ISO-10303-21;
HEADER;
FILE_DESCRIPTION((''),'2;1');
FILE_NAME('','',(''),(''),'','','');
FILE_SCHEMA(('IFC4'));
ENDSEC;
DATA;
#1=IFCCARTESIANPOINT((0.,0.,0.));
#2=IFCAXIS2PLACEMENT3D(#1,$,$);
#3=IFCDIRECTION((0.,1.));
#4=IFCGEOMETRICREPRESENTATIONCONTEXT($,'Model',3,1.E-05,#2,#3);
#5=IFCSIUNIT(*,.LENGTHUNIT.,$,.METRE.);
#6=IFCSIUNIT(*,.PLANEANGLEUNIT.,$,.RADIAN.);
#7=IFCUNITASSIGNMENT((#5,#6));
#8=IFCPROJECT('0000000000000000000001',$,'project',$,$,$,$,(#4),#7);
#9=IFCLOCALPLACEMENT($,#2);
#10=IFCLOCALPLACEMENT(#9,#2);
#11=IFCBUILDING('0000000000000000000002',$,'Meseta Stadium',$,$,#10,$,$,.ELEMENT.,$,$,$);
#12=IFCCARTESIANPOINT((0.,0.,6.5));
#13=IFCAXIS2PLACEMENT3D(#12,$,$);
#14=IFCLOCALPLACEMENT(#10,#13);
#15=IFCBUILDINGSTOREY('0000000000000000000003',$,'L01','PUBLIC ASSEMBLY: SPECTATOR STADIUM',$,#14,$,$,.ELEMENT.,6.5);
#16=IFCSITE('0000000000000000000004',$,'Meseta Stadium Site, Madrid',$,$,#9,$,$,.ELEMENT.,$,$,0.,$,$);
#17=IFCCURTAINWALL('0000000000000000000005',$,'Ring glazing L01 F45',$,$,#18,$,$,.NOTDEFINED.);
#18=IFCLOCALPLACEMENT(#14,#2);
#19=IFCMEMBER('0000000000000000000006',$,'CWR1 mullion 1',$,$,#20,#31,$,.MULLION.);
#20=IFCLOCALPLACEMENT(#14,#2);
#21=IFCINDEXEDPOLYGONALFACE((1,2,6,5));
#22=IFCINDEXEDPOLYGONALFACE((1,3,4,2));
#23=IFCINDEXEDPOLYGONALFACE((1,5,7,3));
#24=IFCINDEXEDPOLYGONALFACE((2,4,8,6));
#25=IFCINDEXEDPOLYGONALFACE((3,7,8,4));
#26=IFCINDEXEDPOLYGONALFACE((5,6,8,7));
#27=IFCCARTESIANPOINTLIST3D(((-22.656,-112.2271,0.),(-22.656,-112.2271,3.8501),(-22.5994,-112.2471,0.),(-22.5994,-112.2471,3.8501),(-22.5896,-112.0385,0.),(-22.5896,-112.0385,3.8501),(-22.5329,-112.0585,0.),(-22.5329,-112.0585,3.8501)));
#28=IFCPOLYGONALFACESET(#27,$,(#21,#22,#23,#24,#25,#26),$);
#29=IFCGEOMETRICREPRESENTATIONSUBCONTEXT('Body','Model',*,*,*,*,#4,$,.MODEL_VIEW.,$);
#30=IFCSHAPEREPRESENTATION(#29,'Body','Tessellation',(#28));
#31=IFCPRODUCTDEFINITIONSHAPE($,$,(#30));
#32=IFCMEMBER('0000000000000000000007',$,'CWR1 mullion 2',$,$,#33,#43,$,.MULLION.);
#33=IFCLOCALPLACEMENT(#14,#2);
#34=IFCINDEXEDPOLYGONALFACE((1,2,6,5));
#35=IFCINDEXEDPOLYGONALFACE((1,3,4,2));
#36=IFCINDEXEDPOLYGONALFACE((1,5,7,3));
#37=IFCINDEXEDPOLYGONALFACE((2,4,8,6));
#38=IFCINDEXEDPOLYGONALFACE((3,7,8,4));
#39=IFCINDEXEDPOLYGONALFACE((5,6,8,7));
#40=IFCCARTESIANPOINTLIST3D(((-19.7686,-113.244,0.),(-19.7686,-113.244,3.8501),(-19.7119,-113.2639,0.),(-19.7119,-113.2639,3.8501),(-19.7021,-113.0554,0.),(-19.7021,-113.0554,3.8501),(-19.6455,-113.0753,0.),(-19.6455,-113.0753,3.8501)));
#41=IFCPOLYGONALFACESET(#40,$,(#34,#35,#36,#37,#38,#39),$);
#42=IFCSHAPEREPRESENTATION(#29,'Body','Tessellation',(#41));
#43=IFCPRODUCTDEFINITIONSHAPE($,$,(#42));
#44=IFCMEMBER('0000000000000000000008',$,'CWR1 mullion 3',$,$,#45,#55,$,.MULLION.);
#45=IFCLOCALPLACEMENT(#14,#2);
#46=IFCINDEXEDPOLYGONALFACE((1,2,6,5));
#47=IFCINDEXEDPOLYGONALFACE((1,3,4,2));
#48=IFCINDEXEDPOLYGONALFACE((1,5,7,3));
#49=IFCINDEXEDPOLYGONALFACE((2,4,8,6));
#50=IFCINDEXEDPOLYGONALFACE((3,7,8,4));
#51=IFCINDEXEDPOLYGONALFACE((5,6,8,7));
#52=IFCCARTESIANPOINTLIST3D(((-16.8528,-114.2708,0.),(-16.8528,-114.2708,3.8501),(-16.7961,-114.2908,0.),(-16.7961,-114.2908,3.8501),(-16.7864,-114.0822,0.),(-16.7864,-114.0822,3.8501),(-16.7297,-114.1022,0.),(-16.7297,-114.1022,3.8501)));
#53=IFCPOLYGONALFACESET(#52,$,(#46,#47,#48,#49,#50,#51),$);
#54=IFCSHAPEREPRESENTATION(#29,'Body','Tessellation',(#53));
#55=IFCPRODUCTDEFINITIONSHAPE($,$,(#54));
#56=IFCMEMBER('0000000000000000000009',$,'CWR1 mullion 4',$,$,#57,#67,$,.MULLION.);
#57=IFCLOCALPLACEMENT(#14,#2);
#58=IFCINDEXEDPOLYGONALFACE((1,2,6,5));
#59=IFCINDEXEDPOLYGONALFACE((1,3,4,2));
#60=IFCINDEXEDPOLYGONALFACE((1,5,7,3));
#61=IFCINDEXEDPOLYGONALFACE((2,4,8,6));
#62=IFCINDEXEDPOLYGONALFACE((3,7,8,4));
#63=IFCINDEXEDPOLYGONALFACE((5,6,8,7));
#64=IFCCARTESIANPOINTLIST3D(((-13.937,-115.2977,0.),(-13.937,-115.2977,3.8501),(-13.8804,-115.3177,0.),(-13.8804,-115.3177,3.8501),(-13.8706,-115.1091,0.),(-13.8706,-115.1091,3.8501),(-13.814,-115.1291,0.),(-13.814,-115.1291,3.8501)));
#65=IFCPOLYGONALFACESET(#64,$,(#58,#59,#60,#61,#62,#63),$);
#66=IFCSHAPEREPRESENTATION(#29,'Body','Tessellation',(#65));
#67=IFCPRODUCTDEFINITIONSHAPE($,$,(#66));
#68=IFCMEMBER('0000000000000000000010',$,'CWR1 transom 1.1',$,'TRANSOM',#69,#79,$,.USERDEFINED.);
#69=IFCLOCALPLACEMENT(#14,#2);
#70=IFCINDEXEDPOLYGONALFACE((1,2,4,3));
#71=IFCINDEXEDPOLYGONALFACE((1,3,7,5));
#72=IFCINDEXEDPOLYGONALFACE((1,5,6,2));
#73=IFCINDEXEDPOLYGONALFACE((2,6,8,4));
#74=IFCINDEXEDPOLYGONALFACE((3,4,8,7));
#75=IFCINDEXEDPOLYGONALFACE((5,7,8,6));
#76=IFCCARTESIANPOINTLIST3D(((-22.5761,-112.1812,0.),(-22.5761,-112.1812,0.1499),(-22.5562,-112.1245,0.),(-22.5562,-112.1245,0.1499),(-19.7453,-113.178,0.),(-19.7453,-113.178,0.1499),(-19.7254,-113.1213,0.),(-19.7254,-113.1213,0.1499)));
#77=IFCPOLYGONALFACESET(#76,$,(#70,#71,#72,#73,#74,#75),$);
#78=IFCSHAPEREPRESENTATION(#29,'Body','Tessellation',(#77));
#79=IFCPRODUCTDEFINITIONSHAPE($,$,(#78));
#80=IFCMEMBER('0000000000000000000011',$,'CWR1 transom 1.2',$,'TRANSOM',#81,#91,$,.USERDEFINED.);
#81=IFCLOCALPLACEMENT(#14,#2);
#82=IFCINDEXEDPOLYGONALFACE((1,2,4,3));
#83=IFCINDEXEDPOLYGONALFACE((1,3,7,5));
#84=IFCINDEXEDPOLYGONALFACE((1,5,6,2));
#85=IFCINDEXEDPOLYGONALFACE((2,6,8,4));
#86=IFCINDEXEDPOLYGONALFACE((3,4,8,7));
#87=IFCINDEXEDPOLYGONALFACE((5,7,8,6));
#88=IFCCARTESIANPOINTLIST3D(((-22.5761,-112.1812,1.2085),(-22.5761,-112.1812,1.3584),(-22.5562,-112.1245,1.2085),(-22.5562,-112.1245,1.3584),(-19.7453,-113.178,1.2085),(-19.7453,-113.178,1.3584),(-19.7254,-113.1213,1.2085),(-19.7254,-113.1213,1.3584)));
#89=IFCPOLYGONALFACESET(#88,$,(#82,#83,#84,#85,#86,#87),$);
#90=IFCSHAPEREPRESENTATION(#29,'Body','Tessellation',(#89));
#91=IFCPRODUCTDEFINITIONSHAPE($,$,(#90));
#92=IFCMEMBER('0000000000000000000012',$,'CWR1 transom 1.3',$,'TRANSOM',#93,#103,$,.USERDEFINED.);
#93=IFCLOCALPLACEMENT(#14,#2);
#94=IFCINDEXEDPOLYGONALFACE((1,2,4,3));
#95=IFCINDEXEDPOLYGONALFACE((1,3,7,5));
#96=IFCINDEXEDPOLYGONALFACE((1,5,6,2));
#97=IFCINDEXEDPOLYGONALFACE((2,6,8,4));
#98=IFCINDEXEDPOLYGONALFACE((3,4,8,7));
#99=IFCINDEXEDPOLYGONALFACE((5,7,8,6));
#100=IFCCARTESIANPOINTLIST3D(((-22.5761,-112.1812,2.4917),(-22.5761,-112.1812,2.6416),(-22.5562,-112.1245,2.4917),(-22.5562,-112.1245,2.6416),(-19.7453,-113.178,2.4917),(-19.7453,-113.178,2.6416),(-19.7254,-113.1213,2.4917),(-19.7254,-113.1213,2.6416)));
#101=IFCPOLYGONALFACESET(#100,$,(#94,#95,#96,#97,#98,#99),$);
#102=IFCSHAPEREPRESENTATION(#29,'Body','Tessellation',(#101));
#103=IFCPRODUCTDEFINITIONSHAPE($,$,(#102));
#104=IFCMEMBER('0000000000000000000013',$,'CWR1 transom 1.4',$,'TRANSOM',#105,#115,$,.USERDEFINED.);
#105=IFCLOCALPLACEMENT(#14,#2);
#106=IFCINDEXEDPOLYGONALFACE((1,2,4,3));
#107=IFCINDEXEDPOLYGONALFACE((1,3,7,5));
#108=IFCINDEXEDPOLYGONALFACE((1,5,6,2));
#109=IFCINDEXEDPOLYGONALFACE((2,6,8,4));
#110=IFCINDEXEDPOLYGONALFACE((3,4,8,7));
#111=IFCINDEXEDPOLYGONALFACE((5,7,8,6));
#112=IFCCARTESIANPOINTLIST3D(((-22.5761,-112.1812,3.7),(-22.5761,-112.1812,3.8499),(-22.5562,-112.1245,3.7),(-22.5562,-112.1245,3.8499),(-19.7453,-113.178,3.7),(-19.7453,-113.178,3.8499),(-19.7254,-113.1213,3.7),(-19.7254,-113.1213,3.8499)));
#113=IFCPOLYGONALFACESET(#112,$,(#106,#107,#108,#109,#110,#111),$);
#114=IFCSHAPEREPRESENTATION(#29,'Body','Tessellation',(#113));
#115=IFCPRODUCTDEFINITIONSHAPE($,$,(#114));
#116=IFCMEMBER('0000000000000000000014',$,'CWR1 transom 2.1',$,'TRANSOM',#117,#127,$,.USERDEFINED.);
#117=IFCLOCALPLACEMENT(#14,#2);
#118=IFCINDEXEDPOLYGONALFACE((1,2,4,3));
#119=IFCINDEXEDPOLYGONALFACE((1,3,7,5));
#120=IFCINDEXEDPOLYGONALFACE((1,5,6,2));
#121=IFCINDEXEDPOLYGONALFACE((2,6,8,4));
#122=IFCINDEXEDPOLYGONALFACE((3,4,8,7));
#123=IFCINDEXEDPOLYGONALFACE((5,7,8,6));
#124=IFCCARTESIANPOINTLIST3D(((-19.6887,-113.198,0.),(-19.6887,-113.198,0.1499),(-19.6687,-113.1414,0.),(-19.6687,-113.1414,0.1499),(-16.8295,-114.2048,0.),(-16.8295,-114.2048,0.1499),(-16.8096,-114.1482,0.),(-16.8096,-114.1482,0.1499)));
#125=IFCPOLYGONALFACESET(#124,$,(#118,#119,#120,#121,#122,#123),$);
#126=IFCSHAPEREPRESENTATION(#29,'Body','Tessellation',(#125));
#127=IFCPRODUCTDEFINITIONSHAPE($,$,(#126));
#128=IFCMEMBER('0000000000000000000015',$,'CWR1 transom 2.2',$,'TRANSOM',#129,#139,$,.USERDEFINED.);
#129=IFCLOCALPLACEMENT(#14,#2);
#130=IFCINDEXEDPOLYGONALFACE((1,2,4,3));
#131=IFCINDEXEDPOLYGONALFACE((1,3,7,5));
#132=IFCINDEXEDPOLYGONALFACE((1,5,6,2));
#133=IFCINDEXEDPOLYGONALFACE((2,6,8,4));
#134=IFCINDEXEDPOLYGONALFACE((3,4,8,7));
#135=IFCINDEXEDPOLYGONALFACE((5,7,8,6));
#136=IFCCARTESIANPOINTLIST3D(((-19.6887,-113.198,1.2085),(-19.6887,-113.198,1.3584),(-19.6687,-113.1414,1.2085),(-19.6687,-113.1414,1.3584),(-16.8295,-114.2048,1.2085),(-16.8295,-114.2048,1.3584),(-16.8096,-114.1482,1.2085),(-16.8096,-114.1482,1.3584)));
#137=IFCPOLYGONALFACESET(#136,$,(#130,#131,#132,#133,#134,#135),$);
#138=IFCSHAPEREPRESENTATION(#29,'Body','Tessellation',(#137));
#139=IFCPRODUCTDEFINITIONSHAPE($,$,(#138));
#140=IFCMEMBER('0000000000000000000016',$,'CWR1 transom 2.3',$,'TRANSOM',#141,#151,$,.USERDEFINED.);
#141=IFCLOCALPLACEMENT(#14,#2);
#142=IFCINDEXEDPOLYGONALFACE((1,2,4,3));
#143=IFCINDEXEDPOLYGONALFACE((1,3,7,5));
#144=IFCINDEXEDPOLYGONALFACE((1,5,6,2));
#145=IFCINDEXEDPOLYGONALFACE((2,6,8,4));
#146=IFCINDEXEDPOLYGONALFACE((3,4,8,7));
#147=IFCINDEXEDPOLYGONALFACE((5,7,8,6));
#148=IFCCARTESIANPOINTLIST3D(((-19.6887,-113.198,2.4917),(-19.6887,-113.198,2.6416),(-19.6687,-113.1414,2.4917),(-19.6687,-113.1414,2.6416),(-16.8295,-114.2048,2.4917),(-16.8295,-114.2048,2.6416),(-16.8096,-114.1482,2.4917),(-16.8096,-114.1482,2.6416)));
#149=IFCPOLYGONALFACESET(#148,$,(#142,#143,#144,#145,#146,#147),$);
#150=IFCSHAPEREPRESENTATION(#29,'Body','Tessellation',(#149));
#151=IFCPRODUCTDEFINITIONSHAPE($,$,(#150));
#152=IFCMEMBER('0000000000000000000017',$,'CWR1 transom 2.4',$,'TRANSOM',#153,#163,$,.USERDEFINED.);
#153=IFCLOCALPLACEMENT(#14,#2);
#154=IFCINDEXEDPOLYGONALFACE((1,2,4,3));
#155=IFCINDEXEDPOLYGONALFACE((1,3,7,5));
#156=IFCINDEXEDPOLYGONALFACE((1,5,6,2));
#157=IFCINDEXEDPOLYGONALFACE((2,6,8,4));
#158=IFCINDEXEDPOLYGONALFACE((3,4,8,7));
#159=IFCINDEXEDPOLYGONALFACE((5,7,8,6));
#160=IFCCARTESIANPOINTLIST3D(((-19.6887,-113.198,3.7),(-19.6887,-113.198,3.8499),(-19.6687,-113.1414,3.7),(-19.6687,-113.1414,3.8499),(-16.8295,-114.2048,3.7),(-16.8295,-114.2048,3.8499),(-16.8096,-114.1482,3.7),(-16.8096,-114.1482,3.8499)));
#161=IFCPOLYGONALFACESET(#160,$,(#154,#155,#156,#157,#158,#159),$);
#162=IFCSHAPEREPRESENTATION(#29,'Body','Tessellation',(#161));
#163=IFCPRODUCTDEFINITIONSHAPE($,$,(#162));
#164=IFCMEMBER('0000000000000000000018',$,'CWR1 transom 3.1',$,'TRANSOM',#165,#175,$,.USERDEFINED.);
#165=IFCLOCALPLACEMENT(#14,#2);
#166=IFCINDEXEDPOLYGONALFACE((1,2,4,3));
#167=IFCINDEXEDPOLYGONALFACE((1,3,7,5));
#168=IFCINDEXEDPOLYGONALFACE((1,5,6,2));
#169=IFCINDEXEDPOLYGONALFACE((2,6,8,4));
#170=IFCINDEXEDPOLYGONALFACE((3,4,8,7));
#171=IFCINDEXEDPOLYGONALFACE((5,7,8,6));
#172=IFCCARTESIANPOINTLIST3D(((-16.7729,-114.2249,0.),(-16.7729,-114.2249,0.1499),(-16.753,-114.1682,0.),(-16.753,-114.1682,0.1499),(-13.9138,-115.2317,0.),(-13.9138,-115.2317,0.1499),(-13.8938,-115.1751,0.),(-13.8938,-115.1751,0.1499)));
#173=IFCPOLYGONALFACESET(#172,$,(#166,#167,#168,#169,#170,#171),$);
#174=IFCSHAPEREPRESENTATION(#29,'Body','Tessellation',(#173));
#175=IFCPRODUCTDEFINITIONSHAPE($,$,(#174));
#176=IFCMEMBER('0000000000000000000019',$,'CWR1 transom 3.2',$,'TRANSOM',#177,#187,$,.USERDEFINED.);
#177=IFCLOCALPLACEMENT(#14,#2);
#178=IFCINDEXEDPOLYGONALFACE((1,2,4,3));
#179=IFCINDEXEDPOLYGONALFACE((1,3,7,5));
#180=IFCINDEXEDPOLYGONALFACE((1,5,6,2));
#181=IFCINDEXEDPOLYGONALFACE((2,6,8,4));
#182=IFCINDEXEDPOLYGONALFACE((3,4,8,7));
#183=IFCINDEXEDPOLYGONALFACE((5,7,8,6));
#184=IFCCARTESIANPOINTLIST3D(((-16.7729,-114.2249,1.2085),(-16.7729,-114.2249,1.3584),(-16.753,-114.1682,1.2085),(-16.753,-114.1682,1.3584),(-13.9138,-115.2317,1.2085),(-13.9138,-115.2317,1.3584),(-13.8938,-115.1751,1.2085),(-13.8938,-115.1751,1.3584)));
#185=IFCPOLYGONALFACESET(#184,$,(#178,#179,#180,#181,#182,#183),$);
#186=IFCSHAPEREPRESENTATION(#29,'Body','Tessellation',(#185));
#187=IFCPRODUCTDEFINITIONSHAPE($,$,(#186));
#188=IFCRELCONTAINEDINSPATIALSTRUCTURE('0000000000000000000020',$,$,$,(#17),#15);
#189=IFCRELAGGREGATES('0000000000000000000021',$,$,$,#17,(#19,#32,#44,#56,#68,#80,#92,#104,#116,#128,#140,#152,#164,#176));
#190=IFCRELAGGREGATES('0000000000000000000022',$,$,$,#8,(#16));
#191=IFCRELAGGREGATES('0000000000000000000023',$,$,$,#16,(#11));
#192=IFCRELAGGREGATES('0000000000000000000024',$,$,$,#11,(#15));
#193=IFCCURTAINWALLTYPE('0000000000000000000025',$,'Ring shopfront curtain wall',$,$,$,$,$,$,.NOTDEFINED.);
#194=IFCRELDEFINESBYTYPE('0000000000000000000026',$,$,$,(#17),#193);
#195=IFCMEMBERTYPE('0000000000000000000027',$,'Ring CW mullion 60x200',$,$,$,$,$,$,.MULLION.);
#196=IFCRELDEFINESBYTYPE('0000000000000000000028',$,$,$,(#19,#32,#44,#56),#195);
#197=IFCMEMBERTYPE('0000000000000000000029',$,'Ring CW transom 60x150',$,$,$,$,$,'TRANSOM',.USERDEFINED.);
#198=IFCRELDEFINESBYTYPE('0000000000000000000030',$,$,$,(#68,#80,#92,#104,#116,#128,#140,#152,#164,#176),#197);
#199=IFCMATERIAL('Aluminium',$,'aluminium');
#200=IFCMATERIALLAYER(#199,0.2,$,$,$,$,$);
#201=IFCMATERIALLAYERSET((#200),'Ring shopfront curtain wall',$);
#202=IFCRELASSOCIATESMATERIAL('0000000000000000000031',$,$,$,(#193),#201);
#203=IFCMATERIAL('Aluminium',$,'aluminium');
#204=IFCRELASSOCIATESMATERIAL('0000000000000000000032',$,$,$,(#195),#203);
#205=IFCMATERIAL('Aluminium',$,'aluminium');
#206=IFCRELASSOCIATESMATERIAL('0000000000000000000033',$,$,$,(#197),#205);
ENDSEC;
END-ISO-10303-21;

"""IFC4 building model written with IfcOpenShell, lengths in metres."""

from ifc_helpers import new_model, si_unit, direction, frame, origin, origin_2d, place, context, subcontext, project, spatial, rectangle, extrude, material, layer, layer_set, material_profile, profile_set, type_object, element, aggregate, save


model = new_model("IFC4")

# Units and contexts
model_context = context("Model", 3, precision=1e-05, world=origin(), true_north=direction((0.0, 1.0)))
body_context = subcontext(model_context, "Body", "Model", "MODEL_VIEW")
ifc_project = project(units=[si_unit("LENGTHUNIT", "METRE"), si_unit("PLANEANGLEUNIT", "RADIAN")], contexts=[model_context])

# Site, building, storey
site_placement = place(None, origin())
site = spatial("IfcSite", under=ifc_project, at=site_placement, Name="Meseta Stadium Site, Madrid", CompositionType="ELEMENT", RefElevation=0.0)
building_placement = place(site_placement, origin())
building = spatial("IfcBuilding", under=site, at=building_placement, Name="Meseta Stadium", CompositionType="ELEMENT")
storey_placement = place(building_placement, frame((0.0, 0.0, 6.5)))
storey = spatial("IfcBuildingStorey", under=building, at=storey_placement, Name="L01", Description="PUBLIC ASSEMBLY: SPECTATOR STADIUM", CompositionType="ELEMENT", Elevation=6.5)

# Curtain wall, members
ifc_material_1 = material(Name="Aluminium", Category="aluminium")
ifc_layer_1 = layer(ifc_material_1, 0.2)
ifc_layer_set_1 = layer_set([ifc_layer_1], Name="Ring shopfront curtain wall")
curtain_wall_type = type_object("IfcCurtainWallType", Name="Ring shopfront curtain wall", PredefinedType="NOTDEFINED", material=ifc_layer_set_1)
curtain_wall_placement = place(storey_placement, origin())
curtain_wall = element("IfcCurtainWall", 1, at=curtain_wall_placement, inside=storey, type_object=curtain_wall_type, Name="Ring glazing L01 F45", PredefinedType="NOTDEFINED")
ifc_material_2 = material(Name="Aluminium", Category="aluminium")
ifc_material_profile_1 = material_profile(ifc_material_2, rectangle(XDim=0.2, YDim=0.0601, at=origin_2d()), Name="CW 200x60")
ifc_profile_set_1 = profile_set([ifc_material_profile_1], Name="Aluminium")
member_type_1 = type_object("IfcMemberType", Name="Ring CW mullion 60x200", PredefinedType="MULLION", material=ifc_profile_set_1)
member_1_placement = place(storey_placement, frame((-22.5945, -112.1428, 0.0), z_axis=(0.0, 0.0, 1.0), x_axis=(0.332174, 0.943218, 0.0)))
member_1 = element("IfcMember", 2, at=member_1_placement, type_object=member_type_1, Name="CWR1 mullion 1", PredefinedType="MULLION", context=body_context, shape_type="SweptSolid", body=[
    extrude(rectangle(XDim=0.2, YDim=0.0601, at=origin_2d()), origin(), (0.0, 0.0, 1.0), 3.8501),
])
member_2_placement = place(storey_placement, frame((-19.707, -113.1597, 0.0), z_axis=(0.0, 0.0, 1.0), x_axis=(0.332174, 0.943218, 0.0)))
member_2 = element("IfcMember", 3, at=member_2_placement, type_object=member_type_1, Name="CWR1 mullion 2", PredefinedType="MULLION", context=body_context, shape_type="SweptSolid", body=[
    extrude(rectangle(XDim=0.2, YDim=0.0601, at=origin_2d()), origin(), (0.0, 0.0, 1.0), 3.8501),
])
member_3_placement = place(storey_placement, frame((-16.7913, -114.1865, 0.0), z_axis=(0.0, 0.0, 1.0), x_axis=(0.332174, 0.943218, 0.0)))
member_3 = element("IfcMember", 4, at=member_3_placement, type_object=member_type_1, Name="CWR1 mullion 3", PredefinedType="MULLION", context=body_context, shape_type="SweptSolid", body=[
    extrude(rectangle(XDim=0.2, YDim=0.0601, at=origin_2d()), origin(), (0.0, 0.0, 1.0), 3.8501),
])
member_4_placement = place(storey_placement, frame((-13.8755, -115.2134, 0.0), z_axis=(0.0, 0.0, 1.0), x_axis=(0.332174, 0.943218, 0.0)))
member_4 = element("IfcMember", 5, at=member_4_placement, type_object=member_type_1, Name="CWR1 mullion 4", PredefinedType="MULLION", context=body_context, shape_type="SweptSolid", body=[
    extrude(rectangle(XDim=0.2, YDim=0.0601, at=origin_2d()), origin(), (0.0, 0.0, 1.0), 3.8501),
])
ifc_material_3 = material(Name="Aluminium", Category="aluminium")
ifc_material_profile_2 = material_profile(ifc_material_3, rectangle(XDim=0.0601, YDim=0.1499, at=origin_2d()), Name="CW 60x150")
ifc_profile_set_2 = profile_set([ifc_material_profile_2], Name="Aluminium")
member_type_2 = type_object("IfcMemberType", Name="Ring CW transom 60x150", ElementType="TRANSOM", PredefinedType="USERDEFINED", material=ifc_profile_set_2)
member_5_placement = place(storey_placement, frame((-22.5662, -112.1528, 0.075), z_axis=(0.943229, -0.332143, 0.0), x_axis=(0.332143, 0.943229, 0.0)))
member_5 = element("IfcMember", 6, at=member_5_placement, type_object=member_type_2, Name="CWR1 transom 1.1", ObjectType="TRANSOM", PredefinedType="USERDEFINED", context=body_context, shape_type="SweptSolid", body=[
    extrude(rectangle(XDim=0.0601, YDim=0.1499, at=origin_2d()), origin(), (0.0, 0.0, 1.0), 3.0012),
])
member_6_placement = place(storey_placement, frame((-22.5662, -112.1528, 1.2834), z_axis=(0.943229, -0.332143, 0.0), x_axis=(0.332143, 0.943229, 0.0)))
member_6 = element("IfcMember", 7, at=member_6_placement, type_object=member_type_2, Name="CWR1 transom 1.2", ObjectType="TRANSOM", PredefinedType="USERDEFINED", context=body_context, shape_type="SweptSolid", body=[
    extrude(rectangle(XDim=0.0601, YDim=0.1499, at=origin_2d()), origin(), (0.0, 0.0, 1.0), 3.0012),
])
member_7_placement = place(storey_placement, frame((-22.5662, -112.1528, 2.5667), z_axis=(0.943229, -0.332143, 0.0), x_axis=(0.332143, 0.943229, 0.0)))
member_7 = element("IfcMember", 8, at=member_7_placement, type_object=member_type_2, Name="CWR1 transom 1.3", ObjectType="TRANSOM", PredefinedType="USERDEFINED", context=body_context, shape_type="SweptSolid", body=[
    extrude(rectangle(XDim=0.0601, YDim=0.1499, at=origin_2d()), origin(), (0.0, 0.0, 1.0), 3.0012),
])
member_8_placement = place(storey_placement, frame((-22.5662, -112.1528, 3.7749), z_axis=(0.943229, -0.332143, 0.0), x_axis=(0.332143, 0.943229, 0.0)))
member_8 = element("IfcMember", 9, at=member_8_placement, type_object=member_type_2, Name="CWR1 transom 1.4", ObjectType="TRANSOM", PredefinedType="USERDEFINED", context=body_context, shape_type="SweptSolid", body=[
    extrude(rectangle(XDim=0.0601, YDim=0.1499, at=origin_2d()), origin(), (0.0, 0.0, 1.0), 3.0012),
])
member_9_placement = place(storey_placement, frame((-19.6787, -113.1697, 0.075), z_axis=(0.943225, -0.332154, 0.0), x_axis=(0.332154, 0.943225, 0.0)))
member_9 = element("IfcMember", 10, at=member_9_placement, type_object=member_type_2, Name="CWR1 transom 2.1", ObjectType="TRANSOM", PredefinedType="USERDEFINED", context=body_context, shape_type="SweptSolid", body=[
    extrude(rectangle(XDim=0.0601, YDim=0.1499, at=origin_2d()), origin(), (0.0, 0.0, 1.0), 3.0312),
])
member_10_placement = place(storey_placement, frame((-19.6787, -113.1697, 1.2834), z_axis=(0.943225, -0.332154, 0.0), x_axis=(0.332154, 0.943225, 0.0)))
member_10 = element("IfcMember", 11, at=member_10_placement, type_object=member_type_2, Name="CWR1 transom 2.2", ObjectType="TRANSOM", PredefinedType="USERDEFINED", context=body_context, shape_type="SweptSolid", body=[
    extrude(rectangle(XDim=0.0601, YDim=0.1499, at=origin_2d()), origin(), (0.0, 0.0, 1.0), 3.0312),
])
member_11_placement = place(storey_placement, frame((-19.6787, -113.1697, 2.5667), z_axis=(0.943225, -0.332154, 0.0), x_axis=(0.332154, 0.943225, 0.0)))
member_11 = element("IfcMember", 12, at=member_11_placement, type_object=member_type_2, Name="CWR1 transom 2.3", ObjectType="TRANSOM", PredefinedType="USERDEFINED", context=body_context, shape_type="SweptSolid", body=[
    extrude(rectangle(XDim=0.0601, YDim=0.1499, at=origin_2d()), origin(), (0.0, 0.0, 1.0), 3.0312),
])
member_12_placement = place(storey_placement, frame((-19.6787, -113.1697, 3.7749), z_axis=(0.943225, -0.332154, 0.0), x_axis=(0.332154, 0.943225, 0.0)))
member_12 = element("IfcMember", 13, at=member_12_placement, type_object=member_type_2, Name="CWR1 transom 2.4", ObjectType="TRANSOM", PredefinedType="USERDEFINED", context=body_context, shape_type="SweptSolid", body=[
    extrude(rectangle(XDim=0.0601, YDim=0.1499, at=origin_2d()), origin(), (0.0, 0.0, 1.0), 3.0312),
])
member_13_placement = place(storey_placement, frame((-16.7629, -114.1965, 0.075), z_axis=(0.943225, -0.332154, 0.0), x_axis=(0.332154, 0.943225, 0.0)))
member_13 = element("IfcMember", 14, at=member_13_placement, type_object=member_type_2, Name="CWR1 transom 3.1", ObjectType="TRANSOM", PredefinedType="USERDEFINED", context=body_context, shape_type="SweptSolid", body=[
    extrude(rectangle(XDim=0.0601, YDim=0.1499, at=origin_2d()), origin(), (0.0, 0.0, 1.0), 3.0312),
])
member_14_placement = place(storey_placement, frame((-16.7629, -114.1965, 1.2834), z_axis=(0.943225, -0.332154, 0.0), x_axis=(0.332154, 0.943225, 0.0)))
member_14 = element("IfcMember", 15, at=member_14_placement, type_object=member_type_2, Name="CWR1 transom 3.2", ObjectType="TRANSOM", PredefinedType="USERDEFINED", context=body_context, shape_type="SweptSolid", body=[
    extrude(rectangle(XDim=0.0601, YDim=0.1499, at=origin_2d()), origin(), (0.0, 0.0, 1.0), 3.0312),
])
aggregate(curtain_wall, [member_1, member_2, member_3, member_4, member_5, member_6, member_7, member_8, member_9, member_10, member_11, member_12, member_13, member_14])

save(model, "model.ifc")
